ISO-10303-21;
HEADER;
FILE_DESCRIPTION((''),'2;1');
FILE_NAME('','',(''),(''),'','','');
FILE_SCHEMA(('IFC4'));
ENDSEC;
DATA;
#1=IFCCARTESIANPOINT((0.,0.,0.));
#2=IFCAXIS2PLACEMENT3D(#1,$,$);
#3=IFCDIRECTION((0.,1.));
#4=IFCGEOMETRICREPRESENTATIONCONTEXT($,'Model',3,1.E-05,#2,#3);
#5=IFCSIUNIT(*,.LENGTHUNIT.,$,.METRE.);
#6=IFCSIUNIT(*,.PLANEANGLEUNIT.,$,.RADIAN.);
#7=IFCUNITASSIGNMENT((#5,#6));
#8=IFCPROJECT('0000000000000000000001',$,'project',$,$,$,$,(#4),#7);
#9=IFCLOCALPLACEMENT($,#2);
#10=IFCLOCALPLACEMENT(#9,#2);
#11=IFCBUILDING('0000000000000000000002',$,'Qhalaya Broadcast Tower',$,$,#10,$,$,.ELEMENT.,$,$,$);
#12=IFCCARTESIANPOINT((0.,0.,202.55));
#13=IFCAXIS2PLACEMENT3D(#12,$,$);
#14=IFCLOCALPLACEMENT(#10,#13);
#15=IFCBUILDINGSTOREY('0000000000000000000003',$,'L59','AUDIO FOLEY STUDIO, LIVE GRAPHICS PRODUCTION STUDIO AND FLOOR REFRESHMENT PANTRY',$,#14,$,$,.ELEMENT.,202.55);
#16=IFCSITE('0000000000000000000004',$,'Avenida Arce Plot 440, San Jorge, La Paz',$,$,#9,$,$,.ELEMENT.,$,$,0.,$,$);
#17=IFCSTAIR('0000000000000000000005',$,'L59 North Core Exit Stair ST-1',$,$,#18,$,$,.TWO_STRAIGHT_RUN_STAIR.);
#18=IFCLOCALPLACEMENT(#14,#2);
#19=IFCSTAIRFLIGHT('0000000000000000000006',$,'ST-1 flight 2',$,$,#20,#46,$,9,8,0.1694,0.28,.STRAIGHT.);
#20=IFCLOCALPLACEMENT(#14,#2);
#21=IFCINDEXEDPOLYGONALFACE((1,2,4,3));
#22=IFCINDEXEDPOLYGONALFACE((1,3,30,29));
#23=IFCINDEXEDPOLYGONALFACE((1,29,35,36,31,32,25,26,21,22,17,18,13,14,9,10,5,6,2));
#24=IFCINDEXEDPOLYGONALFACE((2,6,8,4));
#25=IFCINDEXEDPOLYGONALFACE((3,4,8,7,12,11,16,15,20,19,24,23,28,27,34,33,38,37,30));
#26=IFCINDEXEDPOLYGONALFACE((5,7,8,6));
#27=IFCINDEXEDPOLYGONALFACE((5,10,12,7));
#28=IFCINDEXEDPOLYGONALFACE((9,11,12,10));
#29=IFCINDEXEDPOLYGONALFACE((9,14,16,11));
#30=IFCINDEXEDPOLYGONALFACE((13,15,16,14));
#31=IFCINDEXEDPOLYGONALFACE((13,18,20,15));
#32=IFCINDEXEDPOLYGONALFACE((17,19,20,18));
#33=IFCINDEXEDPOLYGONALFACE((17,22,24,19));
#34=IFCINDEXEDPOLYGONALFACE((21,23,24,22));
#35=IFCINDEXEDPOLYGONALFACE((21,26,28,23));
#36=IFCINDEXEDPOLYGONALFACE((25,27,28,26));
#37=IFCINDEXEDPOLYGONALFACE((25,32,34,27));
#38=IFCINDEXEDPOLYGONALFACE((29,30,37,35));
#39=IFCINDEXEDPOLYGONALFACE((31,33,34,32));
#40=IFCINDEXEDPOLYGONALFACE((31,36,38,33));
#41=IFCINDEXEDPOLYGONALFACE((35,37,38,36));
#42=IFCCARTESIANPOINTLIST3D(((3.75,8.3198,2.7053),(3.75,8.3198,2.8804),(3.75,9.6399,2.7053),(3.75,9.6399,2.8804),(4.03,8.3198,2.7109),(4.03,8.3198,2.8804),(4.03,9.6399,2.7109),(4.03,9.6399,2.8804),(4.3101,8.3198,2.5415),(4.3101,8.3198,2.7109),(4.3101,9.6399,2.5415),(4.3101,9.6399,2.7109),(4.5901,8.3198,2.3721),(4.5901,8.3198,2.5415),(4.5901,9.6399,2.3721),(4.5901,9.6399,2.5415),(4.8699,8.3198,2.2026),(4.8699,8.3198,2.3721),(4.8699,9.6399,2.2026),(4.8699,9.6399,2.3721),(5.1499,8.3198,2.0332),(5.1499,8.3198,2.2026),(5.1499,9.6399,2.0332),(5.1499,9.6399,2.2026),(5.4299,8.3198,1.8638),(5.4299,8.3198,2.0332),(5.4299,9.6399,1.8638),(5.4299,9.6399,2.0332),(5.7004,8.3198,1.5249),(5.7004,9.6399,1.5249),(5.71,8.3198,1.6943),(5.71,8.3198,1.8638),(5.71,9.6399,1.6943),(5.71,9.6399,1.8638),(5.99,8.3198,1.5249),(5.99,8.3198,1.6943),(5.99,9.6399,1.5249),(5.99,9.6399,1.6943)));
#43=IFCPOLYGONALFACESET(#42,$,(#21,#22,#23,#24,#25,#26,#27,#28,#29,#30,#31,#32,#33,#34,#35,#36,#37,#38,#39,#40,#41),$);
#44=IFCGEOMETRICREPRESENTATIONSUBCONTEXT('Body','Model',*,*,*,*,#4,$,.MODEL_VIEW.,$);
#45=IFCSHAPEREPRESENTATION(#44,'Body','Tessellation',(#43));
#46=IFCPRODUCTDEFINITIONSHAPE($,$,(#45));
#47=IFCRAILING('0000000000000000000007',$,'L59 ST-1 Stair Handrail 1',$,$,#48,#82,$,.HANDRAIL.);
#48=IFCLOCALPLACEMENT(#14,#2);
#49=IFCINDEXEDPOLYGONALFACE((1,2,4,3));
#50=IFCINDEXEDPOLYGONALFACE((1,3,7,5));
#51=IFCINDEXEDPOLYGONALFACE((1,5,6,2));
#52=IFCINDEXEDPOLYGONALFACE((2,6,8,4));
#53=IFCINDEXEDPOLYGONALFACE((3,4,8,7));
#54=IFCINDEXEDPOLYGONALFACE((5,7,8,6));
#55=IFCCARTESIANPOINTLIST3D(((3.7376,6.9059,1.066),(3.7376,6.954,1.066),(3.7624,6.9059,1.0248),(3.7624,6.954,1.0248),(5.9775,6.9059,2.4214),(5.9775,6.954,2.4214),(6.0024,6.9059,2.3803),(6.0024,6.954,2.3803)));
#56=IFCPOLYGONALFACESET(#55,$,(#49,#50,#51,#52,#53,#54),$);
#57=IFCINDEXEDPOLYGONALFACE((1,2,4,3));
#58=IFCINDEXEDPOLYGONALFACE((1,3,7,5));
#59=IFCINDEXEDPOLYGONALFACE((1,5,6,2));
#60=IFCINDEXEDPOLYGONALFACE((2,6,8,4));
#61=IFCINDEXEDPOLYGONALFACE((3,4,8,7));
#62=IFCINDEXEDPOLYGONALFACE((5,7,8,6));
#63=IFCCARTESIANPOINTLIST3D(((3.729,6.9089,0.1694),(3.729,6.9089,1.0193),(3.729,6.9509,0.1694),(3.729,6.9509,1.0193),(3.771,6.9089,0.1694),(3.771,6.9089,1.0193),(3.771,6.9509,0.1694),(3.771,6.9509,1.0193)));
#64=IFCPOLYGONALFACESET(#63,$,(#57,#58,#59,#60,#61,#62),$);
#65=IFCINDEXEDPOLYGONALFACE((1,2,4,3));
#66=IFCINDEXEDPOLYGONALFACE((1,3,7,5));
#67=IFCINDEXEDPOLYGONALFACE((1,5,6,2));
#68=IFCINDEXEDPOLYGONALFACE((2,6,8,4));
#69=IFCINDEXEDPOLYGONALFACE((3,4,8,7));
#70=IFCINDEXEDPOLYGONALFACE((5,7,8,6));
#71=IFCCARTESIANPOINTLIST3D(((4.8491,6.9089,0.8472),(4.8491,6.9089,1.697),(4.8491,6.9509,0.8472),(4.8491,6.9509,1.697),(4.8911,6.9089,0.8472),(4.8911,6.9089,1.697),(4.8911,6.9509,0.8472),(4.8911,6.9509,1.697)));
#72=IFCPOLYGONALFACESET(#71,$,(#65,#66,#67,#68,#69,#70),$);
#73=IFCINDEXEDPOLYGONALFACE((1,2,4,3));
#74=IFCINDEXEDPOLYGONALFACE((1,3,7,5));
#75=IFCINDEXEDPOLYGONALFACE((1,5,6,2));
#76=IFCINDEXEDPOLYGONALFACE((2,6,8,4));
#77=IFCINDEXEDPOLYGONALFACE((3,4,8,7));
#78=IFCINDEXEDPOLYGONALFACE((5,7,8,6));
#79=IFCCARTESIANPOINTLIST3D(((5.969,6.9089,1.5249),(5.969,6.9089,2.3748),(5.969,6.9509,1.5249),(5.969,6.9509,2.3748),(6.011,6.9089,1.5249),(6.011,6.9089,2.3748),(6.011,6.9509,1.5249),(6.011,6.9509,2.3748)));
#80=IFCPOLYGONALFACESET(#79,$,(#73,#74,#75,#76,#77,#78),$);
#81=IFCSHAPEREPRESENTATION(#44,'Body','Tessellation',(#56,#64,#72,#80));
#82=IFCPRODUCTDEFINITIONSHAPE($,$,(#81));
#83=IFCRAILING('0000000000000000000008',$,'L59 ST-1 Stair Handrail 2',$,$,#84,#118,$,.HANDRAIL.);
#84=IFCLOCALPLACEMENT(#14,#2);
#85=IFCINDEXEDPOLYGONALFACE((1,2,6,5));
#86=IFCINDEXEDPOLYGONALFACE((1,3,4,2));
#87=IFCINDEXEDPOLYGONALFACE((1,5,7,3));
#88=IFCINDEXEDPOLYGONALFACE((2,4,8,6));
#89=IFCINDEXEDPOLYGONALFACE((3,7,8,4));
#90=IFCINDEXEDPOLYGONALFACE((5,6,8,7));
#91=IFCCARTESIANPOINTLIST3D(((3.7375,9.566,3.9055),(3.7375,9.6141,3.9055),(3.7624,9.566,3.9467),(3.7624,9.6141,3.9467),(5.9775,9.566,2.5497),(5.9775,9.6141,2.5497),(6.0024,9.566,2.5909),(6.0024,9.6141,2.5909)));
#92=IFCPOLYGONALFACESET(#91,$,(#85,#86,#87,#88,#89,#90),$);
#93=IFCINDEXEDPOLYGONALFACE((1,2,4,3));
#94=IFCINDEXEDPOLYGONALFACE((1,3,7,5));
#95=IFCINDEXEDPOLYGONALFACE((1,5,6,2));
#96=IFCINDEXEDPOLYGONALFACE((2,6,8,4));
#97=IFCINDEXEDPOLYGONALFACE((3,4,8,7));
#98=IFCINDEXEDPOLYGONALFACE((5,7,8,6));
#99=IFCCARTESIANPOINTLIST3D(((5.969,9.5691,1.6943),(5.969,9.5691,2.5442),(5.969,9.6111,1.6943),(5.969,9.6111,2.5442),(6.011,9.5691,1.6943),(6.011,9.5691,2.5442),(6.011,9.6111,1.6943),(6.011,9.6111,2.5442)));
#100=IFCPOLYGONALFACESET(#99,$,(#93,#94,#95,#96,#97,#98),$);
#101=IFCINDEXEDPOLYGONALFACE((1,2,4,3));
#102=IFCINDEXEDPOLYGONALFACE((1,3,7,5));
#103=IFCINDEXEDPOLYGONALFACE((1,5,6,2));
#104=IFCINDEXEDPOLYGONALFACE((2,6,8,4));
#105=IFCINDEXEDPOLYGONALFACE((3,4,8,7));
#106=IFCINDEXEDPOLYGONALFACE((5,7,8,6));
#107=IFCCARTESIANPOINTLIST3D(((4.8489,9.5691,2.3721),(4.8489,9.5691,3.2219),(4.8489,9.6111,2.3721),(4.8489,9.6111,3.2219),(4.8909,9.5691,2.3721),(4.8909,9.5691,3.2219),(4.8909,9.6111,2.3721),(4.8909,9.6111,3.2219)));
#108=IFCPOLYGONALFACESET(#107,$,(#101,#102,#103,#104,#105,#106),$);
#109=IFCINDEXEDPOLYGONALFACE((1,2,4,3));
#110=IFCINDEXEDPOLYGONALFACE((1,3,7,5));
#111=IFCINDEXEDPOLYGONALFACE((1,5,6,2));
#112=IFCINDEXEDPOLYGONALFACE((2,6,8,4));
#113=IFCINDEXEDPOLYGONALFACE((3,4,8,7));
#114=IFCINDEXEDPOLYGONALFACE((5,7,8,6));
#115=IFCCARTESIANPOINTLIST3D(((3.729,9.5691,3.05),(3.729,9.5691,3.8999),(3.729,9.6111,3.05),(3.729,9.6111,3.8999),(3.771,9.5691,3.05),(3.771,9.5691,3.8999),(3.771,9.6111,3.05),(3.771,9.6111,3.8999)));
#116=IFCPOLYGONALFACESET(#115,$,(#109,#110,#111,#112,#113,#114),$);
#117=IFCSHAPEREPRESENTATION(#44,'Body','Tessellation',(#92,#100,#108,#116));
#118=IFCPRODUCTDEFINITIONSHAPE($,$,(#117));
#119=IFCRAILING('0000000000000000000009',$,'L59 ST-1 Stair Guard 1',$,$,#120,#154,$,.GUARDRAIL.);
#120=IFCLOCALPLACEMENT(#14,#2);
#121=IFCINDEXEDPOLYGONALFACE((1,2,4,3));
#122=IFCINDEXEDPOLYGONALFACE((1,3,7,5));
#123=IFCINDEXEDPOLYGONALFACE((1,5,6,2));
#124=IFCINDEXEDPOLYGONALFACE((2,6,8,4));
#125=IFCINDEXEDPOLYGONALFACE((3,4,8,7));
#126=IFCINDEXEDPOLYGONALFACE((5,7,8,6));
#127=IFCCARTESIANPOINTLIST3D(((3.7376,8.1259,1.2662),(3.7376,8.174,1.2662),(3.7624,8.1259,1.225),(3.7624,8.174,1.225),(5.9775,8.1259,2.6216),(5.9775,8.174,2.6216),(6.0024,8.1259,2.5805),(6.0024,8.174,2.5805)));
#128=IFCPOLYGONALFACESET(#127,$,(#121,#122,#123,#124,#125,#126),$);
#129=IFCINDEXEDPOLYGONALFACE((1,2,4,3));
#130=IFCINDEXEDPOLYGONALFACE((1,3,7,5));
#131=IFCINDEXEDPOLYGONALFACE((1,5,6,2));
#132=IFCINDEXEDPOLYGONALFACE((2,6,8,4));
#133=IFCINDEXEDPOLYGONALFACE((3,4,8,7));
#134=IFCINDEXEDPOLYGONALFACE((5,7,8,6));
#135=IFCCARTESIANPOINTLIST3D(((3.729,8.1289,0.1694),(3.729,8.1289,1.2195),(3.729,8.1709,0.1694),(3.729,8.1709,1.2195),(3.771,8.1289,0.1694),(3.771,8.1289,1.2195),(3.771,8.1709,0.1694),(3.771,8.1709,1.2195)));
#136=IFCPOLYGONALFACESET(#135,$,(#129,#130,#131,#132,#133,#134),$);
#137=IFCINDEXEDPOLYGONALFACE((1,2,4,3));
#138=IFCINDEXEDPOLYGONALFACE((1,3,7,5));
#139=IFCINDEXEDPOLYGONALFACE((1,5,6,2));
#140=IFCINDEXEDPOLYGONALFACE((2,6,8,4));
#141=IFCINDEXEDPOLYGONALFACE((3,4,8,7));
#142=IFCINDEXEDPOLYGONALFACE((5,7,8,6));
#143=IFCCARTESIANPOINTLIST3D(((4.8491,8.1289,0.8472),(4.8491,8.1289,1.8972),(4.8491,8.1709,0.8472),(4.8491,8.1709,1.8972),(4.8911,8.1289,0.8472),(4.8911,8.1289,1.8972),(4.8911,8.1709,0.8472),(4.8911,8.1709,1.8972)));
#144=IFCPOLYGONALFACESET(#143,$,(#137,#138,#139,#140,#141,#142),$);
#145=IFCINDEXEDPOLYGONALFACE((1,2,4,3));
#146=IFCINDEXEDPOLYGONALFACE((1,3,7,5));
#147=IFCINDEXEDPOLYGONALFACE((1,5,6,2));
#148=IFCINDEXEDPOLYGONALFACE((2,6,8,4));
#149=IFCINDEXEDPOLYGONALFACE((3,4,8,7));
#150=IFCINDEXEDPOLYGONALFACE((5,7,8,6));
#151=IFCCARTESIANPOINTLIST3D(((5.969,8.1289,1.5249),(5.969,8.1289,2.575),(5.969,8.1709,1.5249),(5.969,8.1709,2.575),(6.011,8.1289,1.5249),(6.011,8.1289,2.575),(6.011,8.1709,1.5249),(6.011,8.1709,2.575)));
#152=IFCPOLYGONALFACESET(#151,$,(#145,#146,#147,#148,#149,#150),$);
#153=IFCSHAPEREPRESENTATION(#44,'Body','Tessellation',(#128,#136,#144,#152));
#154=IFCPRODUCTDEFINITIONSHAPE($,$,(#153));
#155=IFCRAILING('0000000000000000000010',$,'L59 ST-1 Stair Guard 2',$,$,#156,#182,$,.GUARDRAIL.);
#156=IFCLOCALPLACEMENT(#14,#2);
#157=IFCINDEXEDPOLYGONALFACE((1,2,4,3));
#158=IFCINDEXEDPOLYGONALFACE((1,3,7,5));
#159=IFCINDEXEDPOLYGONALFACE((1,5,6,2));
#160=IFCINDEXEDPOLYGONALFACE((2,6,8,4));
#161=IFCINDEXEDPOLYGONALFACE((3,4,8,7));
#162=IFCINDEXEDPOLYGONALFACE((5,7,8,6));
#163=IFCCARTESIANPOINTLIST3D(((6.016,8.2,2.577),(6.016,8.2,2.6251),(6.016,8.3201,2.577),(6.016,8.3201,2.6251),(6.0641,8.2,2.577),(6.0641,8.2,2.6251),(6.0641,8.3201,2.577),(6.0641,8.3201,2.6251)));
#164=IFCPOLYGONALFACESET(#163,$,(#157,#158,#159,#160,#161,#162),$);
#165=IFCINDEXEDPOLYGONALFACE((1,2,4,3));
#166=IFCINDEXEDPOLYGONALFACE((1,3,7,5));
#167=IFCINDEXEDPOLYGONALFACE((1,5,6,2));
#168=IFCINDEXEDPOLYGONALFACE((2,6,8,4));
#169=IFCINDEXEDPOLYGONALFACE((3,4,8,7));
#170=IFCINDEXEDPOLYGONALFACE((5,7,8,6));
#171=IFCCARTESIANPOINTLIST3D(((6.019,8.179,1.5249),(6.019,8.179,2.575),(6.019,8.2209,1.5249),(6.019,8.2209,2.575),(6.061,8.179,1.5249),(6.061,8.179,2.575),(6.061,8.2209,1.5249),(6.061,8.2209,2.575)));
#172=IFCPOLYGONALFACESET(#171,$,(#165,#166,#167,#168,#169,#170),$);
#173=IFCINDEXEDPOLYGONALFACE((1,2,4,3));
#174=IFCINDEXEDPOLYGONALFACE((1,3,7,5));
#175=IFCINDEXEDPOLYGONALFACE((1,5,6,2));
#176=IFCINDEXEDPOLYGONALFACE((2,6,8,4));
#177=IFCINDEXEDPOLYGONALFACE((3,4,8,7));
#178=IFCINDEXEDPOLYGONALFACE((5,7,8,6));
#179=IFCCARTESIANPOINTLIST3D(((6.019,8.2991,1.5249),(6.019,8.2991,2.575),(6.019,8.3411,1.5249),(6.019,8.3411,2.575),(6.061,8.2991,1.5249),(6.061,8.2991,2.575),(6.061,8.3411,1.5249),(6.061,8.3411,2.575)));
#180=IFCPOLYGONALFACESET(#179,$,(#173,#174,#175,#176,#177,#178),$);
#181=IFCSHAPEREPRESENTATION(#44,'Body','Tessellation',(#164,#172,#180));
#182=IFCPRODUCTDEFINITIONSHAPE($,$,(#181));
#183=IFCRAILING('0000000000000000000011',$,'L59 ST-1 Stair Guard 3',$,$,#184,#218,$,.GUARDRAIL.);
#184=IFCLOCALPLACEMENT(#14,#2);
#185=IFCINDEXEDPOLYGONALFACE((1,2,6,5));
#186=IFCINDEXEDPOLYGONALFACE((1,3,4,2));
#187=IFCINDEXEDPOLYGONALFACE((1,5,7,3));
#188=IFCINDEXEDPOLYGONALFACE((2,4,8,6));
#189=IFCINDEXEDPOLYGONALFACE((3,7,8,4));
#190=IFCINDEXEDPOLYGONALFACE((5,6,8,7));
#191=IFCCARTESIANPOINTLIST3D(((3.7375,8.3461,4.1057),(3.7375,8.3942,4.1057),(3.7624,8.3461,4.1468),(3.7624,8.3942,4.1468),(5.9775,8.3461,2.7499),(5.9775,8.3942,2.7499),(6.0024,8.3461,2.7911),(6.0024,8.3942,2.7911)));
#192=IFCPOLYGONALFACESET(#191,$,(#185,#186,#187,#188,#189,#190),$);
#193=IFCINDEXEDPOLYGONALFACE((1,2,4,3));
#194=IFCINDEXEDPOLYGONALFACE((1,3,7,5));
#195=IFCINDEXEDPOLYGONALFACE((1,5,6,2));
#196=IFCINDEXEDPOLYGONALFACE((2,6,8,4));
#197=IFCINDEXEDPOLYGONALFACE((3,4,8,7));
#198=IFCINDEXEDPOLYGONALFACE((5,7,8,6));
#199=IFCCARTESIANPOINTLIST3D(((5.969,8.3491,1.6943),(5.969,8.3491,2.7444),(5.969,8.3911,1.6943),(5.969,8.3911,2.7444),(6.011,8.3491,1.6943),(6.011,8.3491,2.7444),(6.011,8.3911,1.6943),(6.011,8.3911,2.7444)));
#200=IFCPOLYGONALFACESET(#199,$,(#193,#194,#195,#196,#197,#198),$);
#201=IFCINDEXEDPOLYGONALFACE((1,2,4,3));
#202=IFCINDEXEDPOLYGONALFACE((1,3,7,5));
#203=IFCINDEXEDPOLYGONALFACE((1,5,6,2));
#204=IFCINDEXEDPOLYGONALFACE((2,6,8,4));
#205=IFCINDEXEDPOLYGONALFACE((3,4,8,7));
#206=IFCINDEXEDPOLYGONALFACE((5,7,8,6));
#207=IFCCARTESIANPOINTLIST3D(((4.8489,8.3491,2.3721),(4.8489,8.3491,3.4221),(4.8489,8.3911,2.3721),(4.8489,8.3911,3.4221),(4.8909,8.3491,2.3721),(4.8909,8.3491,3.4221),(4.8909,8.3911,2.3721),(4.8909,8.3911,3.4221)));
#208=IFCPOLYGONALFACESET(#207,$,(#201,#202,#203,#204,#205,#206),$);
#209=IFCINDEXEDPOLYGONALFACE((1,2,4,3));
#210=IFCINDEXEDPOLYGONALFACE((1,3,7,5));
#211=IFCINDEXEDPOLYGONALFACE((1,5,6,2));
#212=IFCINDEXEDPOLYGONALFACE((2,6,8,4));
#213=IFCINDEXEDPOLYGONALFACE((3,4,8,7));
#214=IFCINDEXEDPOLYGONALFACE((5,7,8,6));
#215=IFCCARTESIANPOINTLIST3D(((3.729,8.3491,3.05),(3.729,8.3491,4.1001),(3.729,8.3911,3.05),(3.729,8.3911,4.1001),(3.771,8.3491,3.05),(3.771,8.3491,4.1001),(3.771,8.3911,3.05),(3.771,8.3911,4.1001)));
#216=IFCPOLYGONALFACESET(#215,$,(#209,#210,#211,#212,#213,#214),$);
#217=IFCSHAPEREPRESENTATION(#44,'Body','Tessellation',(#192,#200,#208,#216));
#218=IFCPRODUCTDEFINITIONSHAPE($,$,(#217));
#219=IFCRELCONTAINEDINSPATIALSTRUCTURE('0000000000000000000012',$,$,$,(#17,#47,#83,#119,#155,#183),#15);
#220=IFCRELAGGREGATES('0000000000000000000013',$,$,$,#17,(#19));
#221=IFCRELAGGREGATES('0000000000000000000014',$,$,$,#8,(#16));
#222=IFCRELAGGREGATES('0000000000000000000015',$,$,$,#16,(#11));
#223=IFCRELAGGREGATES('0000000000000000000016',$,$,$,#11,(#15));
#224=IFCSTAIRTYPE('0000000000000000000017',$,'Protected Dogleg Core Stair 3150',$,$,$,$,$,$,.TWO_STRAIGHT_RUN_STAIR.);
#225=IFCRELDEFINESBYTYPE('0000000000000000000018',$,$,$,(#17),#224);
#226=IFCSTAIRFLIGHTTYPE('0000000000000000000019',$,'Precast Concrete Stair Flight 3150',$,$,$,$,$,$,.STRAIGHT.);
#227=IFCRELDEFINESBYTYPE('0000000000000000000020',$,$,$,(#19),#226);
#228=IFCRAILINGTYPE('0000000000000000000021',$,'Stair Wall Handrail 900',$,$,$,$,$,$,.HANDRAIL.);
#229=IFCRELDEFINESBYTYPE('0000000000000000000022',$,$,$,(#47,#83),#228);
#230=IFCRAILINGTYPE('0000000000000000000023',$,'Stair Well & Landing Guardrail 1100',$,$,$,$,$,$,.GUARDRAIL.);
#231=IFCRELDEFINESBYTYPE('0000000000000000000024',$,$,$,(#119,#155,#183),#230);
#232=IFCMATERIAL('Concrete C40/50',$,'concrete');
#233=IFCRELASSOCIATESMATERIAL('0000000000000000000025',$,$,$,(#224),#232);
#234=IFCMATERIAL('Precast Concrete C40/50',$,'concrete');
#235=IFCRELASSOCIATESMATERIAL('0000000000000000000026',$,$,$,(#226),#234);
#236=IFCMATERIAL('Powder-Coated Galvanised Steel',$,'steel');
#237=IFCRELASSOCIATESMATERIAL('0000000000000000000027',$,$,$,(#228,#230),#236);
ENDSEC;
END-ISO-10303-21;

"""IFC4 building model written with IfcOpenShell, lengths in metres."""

from ifc_helpers import new_model, si_unit, direction, frame, origin, origin_2d, place, context, subcontext, project, spatial, polyline, rectangle, outline, extrude, material, type_object, element, aggregate, save


model = new_model("IFC4")

# Units and contexts
model_context = context("Model", 3, precision=1e-05, world=origin(), true_north=direction((0.0, 1.0)))
body_context = subcontext(model_context, "Body", "Model", "MODEL_VIEW")
ifc_project = project(units=[si_unit("LENGTHUNIT", "METRE"), si_unit("PLANEANGLEUNIT", "RADIAN")], contexts=[model_context])

# Site, building, storey
site_placement = place(None, origin())
site = spatial("IfcSite", under=ifc_project, at=site_placement, Name="Avenida Arce Plot 440, San Jorge, La Paz", CompositionType="ELEMENT", RefElevation=0.0)
building_placement = place(site_placement, origin())
building = spatial("IfcBuilding", under=site, at=building_placement, Name="Qhalaya Broadcast Tower", CompositionType="ELEMENT")
storey_placement = place(building_placement, frame((0.0, 0.0, 202.55)))
storey = spatial("IfcBuildingStorey", under=building, at=storey_placement, Name="L59", Description="AUDIO FOLEY STUDIO, LIVE GRAPHICS PRODUCTION STUDIO AND FLOOR REFRESHMENT PANTRY", CompositionType="ELEMENT", Elevation=202.55)

# Shared definitions
ifc_material_1 = material(Name="Precast Concrete C40/50", Category="concrete")

# Stair, stair flight
ifc_material_2 = material(Name="Concrete C40/50", Category="concrete")
stair_type = type_object("IfcStairType", Name="Protected Dogleg Core Stair 3150", PredefinedType="TWO_STRAIGHT_RUN_STAIR", material=ifc_material_2)
stair_placement = place(storey_placement, origin())
stair = element("IfcStair", 1, at=stair_placement, inside=storey, type_object=stair_type, Name="L59 North Core Exit Stair ST-1", PredefinedType="TWO_STRAIGHT_RUN_STAIR")
stair_flight_type = type_object("IfcStairFlightType", Name="Precast Concrete Stair Flight 3150", PredefinedType="STRAIGHT", material=ifc_material_1)
stair_flight_1_placement = place(storey_placement, frame((5.99, 8.98, 1.5249), z_axis=(0.0, 0.0, 1.0), x_axis=(-1.0, 0.0, 0.0)))
stair_flight_1 = element("IfcStairFlight", 2, at=stair_flight_1_placement, type_object=stair_flight_type, Name="ST-1 flight 2", NumberOfRisers=9, NumberOfTreads=8, PredefinedType="STRAIGHT", RiserHeight=0.1694, TreadLength=0.28, context=body_context, shape_type="SweptSolid", body=[
    extrude(outline(polyline([(0.0, 0.0), (0.0, 0.1694), (0.28, 0.1694), (0.28, 0.3389), (0.5601, 0.3389), (0.5601, 0.5083), (0.8401, 0.5083), (0.8401, 0.6777), (1.1201, 0.6777), (1.1201, 0.8472), (1.3999, 0.8472), (1.3999, 1.0166), (1.6799, 1.0166), (1.6799, 1.186), (1.96, 1.186), (1.96, 1.3555), (2.24, 1.3555), (2.24, 1.5249), (2.24, 1.1804), (0.2896, 0.0), (0.0, 0.0)])), frame((0.0, 0.6602, 0.0), z_axis=(0.0, -1.0, 0.0), x_axis=(1.0, 0.0, 0.0)), (0.0, 0.0, 1.0), 1.3201),
])
aggregate(stair, [stair_flight_1])

# Railings
ifc_material_3 = material(Name="Powder-Coated Galvanised Steel", Category="steel")
railing_type_1 = type_object("IfcRailingType", Name="Stair Wall Handrail 900", PredefinedType="HANDRAIL", material=ifc_material_3)
railing_1_placement = place(storey_placement, frame((3.75, 6.9299, 0.1694)))
element("IfcRailing", 3, at=railing_1_placement, inside=storey, type_object=railing_type_1, Name="L59 ST-1 Stair Handrail 1", PredefinedType="HANDRAIL", context=body_context, shape_type="SweptSolid", body=[
    extrude(rectangle(XDim=0.0481, YDim=0.0481, at=origin_2d()), frame((0.0, 0.0, 0.876), z_axis=(0.855553, 0.0, 0.517715), x_axis=(0.0, 1.0, 0.0)), (0.0, 0.0, 1.0), 2.6182),
    extrude(rectangle(XDim=0.042, YDim=0.042, at=origin_2d()), origin(), (0.0, 0.0, 1.0), 0.8499),
    extrude(rectangle(XDim=0.042, YDim=0.042, at=origin_2d()), frame((1.1201, 0.0, 0.6777)), (0.0, 0.0, 1.0), 0.8499),
    extrude(rectangle(XDim=0.042, YDim=0.042, at=origin_2d()), frame((2.24, 0.0, 1.3555)), (0.0, 0.0, 1.0), 0.8499),
])
railing_2_placement = place(storey_placement, frame((5.99, 9.5901, 1.6943)))
element("IfcRailing", 4, at=railing_2_placement, inside=storey, type_object=railing_type_1, Name="L59 ST-1 Stair Handrail 2", PredefinedType="HANDRAIL", context=body_context, shape_type="SweptSolid", body=[
    extrude(rectangle(XDim=0.0481, YDim=0.0481, at=origin_2d()), frame((0.0, 0.0, 0.876), z_axis=(-0.855512, 0.0, 0.517783), x_axis=(0.0, -1.0, 0.0)), (0.0, 0.0, 1.0), 2.6184),
    extrude(rectangle(XDim=0.042, YDim=0.042, at=origin_2d()), origin(), (0.0, 0.0, 1.0), 0.8499),
    extrude(rectangle(XDim=0.042, YDim=0.042, at=origin_2d()), frame((-1.1201, 0.0, 0.6777)), (0.0, 0.0, 1.0), 0.8499),
    extrude(rectangle(XDim=0.042, YDim=0.042, at=origin_2d()), frame((-2.24, 0.0, 1.3557)), (0.0, 0.0, 1.0), 0.8499),
])
railing_type_2 = type_object("IfcRailingType", Name="Stair Well & Landing Guardrail 1100", PredefinedType="GUARDRAIL", material=ifc_material_3)
railing_3_placement = place(storey_placement, frame((3.75, 8.1499, 0.1694)))
element("IfcRailing", 5, at=railing_3_placement, inside=storey, type_object=railing_type_2, Name="L59 ST-1 Stair Guard 1", PredefinedType="GUARDRAIL", context=body_context, shape_type="SweptSolid", body=[
    extrude(rectangle(XDim=0.0481, YDim=0.0481, at=origin_2d()), frame((0.0, 0.0, 1.0762), z_axis=(0.855553, 0.0, 0.517715), x_axis=(0.0, 1.0, 0.0)), (0.0, 0.0, 1.0), 2.6182),
    extrude(rectangle(XDim=0.042, YDim=0.042, at=origin_2d()), origin(), (0.0, 0.0, 1.0), 1.05),
    extrude(rectangle(XDim=0.042, YDim=0.042, at=origin_2d()), frame((1.1201, 0.0, 0.6777)), (0.0, 0.0, 1.0), 1.05),
    extrude(rectangle(XDim=0.042, YDim=0.042, at=origin_2d()), frame((2.24, 0.0, 1.3555)), (0.0, 0.0, 1.0), 1.05),
])
railing_4_placement = place(storey_placement, frame((6.04, 8.2, 1.5249)))
element("IfcRailing", 6, at=railing_4_placement, inside=storey, type_object=railing_type_2, Name="L59 ST-1 Stair Guard 2", PredefinedType="GUARDRAIL", context=body_context, shape_type="SweptSolid", body=[
    extrude(rectangle(XDim=0.0481, YDim=0.0481, at=origin_2d()), frame((0.0, 0.0, 1.0762), z_axis=(0.0, 1.0, 0.0), x_axis=(-1.0, 0.0, 0.0)), (0.0, 0.0, 1.0), 0.1201),
    extrude(rectangle(XDim=0.042, YDim=0.042, at=origin_2d()), origin(), (0.0, 0.0, 1.0), 1.05),
    extrude(rectangle(XDim=0.042, YDim=0.042, at=origin_2d()), frame((0.0, 0.1201, 0.0)), (0.0, 0.0, 1.0), 1.05),
])
railing_5_placement = place(storey_placement, frame((5.99, 8.3701, 1.6943)))
element("IfcRailing", 7, at=railing_5_placement, inside=storey, type_object=railing_type_2, Name="L59 ST-1 Stair Guard 3", PredefinedType="GUARDRAIL", context=body_context, shape_type="SweptSolid", body=[
    extrude(rectangle(XDim=0.0481, YDim=0.0481, at=origin_2d()), frame((0.0, 0.0, 1.0762), z_axis=(-0.855512, 0.0, 0.517783), x_axis=(0.0, -1.0, 0.0)), (0.0, 0.0, 1.0), 2.6184),
    extrude(rectangle(XDim=0.042, YDim=0.042, at=origin_2d()), origin(), (0.0, 0.0, 1.0), 1.05),
    extrude(rectangle(XDim=0.042, YDim=0.042, at=origin_2d()), frame((-1.1201, 0.0, 0.6777)), (0.0, 0.0, 1.0), 1.05),
    extrude(rectangle(XDim=0.042, YDim=0.042, at=origin_2d()), frame((-2.24, 0.0, 1.3557)), (0.0, 0.0, 1.0), 1.05),
])

save(model, "model.ifc")
